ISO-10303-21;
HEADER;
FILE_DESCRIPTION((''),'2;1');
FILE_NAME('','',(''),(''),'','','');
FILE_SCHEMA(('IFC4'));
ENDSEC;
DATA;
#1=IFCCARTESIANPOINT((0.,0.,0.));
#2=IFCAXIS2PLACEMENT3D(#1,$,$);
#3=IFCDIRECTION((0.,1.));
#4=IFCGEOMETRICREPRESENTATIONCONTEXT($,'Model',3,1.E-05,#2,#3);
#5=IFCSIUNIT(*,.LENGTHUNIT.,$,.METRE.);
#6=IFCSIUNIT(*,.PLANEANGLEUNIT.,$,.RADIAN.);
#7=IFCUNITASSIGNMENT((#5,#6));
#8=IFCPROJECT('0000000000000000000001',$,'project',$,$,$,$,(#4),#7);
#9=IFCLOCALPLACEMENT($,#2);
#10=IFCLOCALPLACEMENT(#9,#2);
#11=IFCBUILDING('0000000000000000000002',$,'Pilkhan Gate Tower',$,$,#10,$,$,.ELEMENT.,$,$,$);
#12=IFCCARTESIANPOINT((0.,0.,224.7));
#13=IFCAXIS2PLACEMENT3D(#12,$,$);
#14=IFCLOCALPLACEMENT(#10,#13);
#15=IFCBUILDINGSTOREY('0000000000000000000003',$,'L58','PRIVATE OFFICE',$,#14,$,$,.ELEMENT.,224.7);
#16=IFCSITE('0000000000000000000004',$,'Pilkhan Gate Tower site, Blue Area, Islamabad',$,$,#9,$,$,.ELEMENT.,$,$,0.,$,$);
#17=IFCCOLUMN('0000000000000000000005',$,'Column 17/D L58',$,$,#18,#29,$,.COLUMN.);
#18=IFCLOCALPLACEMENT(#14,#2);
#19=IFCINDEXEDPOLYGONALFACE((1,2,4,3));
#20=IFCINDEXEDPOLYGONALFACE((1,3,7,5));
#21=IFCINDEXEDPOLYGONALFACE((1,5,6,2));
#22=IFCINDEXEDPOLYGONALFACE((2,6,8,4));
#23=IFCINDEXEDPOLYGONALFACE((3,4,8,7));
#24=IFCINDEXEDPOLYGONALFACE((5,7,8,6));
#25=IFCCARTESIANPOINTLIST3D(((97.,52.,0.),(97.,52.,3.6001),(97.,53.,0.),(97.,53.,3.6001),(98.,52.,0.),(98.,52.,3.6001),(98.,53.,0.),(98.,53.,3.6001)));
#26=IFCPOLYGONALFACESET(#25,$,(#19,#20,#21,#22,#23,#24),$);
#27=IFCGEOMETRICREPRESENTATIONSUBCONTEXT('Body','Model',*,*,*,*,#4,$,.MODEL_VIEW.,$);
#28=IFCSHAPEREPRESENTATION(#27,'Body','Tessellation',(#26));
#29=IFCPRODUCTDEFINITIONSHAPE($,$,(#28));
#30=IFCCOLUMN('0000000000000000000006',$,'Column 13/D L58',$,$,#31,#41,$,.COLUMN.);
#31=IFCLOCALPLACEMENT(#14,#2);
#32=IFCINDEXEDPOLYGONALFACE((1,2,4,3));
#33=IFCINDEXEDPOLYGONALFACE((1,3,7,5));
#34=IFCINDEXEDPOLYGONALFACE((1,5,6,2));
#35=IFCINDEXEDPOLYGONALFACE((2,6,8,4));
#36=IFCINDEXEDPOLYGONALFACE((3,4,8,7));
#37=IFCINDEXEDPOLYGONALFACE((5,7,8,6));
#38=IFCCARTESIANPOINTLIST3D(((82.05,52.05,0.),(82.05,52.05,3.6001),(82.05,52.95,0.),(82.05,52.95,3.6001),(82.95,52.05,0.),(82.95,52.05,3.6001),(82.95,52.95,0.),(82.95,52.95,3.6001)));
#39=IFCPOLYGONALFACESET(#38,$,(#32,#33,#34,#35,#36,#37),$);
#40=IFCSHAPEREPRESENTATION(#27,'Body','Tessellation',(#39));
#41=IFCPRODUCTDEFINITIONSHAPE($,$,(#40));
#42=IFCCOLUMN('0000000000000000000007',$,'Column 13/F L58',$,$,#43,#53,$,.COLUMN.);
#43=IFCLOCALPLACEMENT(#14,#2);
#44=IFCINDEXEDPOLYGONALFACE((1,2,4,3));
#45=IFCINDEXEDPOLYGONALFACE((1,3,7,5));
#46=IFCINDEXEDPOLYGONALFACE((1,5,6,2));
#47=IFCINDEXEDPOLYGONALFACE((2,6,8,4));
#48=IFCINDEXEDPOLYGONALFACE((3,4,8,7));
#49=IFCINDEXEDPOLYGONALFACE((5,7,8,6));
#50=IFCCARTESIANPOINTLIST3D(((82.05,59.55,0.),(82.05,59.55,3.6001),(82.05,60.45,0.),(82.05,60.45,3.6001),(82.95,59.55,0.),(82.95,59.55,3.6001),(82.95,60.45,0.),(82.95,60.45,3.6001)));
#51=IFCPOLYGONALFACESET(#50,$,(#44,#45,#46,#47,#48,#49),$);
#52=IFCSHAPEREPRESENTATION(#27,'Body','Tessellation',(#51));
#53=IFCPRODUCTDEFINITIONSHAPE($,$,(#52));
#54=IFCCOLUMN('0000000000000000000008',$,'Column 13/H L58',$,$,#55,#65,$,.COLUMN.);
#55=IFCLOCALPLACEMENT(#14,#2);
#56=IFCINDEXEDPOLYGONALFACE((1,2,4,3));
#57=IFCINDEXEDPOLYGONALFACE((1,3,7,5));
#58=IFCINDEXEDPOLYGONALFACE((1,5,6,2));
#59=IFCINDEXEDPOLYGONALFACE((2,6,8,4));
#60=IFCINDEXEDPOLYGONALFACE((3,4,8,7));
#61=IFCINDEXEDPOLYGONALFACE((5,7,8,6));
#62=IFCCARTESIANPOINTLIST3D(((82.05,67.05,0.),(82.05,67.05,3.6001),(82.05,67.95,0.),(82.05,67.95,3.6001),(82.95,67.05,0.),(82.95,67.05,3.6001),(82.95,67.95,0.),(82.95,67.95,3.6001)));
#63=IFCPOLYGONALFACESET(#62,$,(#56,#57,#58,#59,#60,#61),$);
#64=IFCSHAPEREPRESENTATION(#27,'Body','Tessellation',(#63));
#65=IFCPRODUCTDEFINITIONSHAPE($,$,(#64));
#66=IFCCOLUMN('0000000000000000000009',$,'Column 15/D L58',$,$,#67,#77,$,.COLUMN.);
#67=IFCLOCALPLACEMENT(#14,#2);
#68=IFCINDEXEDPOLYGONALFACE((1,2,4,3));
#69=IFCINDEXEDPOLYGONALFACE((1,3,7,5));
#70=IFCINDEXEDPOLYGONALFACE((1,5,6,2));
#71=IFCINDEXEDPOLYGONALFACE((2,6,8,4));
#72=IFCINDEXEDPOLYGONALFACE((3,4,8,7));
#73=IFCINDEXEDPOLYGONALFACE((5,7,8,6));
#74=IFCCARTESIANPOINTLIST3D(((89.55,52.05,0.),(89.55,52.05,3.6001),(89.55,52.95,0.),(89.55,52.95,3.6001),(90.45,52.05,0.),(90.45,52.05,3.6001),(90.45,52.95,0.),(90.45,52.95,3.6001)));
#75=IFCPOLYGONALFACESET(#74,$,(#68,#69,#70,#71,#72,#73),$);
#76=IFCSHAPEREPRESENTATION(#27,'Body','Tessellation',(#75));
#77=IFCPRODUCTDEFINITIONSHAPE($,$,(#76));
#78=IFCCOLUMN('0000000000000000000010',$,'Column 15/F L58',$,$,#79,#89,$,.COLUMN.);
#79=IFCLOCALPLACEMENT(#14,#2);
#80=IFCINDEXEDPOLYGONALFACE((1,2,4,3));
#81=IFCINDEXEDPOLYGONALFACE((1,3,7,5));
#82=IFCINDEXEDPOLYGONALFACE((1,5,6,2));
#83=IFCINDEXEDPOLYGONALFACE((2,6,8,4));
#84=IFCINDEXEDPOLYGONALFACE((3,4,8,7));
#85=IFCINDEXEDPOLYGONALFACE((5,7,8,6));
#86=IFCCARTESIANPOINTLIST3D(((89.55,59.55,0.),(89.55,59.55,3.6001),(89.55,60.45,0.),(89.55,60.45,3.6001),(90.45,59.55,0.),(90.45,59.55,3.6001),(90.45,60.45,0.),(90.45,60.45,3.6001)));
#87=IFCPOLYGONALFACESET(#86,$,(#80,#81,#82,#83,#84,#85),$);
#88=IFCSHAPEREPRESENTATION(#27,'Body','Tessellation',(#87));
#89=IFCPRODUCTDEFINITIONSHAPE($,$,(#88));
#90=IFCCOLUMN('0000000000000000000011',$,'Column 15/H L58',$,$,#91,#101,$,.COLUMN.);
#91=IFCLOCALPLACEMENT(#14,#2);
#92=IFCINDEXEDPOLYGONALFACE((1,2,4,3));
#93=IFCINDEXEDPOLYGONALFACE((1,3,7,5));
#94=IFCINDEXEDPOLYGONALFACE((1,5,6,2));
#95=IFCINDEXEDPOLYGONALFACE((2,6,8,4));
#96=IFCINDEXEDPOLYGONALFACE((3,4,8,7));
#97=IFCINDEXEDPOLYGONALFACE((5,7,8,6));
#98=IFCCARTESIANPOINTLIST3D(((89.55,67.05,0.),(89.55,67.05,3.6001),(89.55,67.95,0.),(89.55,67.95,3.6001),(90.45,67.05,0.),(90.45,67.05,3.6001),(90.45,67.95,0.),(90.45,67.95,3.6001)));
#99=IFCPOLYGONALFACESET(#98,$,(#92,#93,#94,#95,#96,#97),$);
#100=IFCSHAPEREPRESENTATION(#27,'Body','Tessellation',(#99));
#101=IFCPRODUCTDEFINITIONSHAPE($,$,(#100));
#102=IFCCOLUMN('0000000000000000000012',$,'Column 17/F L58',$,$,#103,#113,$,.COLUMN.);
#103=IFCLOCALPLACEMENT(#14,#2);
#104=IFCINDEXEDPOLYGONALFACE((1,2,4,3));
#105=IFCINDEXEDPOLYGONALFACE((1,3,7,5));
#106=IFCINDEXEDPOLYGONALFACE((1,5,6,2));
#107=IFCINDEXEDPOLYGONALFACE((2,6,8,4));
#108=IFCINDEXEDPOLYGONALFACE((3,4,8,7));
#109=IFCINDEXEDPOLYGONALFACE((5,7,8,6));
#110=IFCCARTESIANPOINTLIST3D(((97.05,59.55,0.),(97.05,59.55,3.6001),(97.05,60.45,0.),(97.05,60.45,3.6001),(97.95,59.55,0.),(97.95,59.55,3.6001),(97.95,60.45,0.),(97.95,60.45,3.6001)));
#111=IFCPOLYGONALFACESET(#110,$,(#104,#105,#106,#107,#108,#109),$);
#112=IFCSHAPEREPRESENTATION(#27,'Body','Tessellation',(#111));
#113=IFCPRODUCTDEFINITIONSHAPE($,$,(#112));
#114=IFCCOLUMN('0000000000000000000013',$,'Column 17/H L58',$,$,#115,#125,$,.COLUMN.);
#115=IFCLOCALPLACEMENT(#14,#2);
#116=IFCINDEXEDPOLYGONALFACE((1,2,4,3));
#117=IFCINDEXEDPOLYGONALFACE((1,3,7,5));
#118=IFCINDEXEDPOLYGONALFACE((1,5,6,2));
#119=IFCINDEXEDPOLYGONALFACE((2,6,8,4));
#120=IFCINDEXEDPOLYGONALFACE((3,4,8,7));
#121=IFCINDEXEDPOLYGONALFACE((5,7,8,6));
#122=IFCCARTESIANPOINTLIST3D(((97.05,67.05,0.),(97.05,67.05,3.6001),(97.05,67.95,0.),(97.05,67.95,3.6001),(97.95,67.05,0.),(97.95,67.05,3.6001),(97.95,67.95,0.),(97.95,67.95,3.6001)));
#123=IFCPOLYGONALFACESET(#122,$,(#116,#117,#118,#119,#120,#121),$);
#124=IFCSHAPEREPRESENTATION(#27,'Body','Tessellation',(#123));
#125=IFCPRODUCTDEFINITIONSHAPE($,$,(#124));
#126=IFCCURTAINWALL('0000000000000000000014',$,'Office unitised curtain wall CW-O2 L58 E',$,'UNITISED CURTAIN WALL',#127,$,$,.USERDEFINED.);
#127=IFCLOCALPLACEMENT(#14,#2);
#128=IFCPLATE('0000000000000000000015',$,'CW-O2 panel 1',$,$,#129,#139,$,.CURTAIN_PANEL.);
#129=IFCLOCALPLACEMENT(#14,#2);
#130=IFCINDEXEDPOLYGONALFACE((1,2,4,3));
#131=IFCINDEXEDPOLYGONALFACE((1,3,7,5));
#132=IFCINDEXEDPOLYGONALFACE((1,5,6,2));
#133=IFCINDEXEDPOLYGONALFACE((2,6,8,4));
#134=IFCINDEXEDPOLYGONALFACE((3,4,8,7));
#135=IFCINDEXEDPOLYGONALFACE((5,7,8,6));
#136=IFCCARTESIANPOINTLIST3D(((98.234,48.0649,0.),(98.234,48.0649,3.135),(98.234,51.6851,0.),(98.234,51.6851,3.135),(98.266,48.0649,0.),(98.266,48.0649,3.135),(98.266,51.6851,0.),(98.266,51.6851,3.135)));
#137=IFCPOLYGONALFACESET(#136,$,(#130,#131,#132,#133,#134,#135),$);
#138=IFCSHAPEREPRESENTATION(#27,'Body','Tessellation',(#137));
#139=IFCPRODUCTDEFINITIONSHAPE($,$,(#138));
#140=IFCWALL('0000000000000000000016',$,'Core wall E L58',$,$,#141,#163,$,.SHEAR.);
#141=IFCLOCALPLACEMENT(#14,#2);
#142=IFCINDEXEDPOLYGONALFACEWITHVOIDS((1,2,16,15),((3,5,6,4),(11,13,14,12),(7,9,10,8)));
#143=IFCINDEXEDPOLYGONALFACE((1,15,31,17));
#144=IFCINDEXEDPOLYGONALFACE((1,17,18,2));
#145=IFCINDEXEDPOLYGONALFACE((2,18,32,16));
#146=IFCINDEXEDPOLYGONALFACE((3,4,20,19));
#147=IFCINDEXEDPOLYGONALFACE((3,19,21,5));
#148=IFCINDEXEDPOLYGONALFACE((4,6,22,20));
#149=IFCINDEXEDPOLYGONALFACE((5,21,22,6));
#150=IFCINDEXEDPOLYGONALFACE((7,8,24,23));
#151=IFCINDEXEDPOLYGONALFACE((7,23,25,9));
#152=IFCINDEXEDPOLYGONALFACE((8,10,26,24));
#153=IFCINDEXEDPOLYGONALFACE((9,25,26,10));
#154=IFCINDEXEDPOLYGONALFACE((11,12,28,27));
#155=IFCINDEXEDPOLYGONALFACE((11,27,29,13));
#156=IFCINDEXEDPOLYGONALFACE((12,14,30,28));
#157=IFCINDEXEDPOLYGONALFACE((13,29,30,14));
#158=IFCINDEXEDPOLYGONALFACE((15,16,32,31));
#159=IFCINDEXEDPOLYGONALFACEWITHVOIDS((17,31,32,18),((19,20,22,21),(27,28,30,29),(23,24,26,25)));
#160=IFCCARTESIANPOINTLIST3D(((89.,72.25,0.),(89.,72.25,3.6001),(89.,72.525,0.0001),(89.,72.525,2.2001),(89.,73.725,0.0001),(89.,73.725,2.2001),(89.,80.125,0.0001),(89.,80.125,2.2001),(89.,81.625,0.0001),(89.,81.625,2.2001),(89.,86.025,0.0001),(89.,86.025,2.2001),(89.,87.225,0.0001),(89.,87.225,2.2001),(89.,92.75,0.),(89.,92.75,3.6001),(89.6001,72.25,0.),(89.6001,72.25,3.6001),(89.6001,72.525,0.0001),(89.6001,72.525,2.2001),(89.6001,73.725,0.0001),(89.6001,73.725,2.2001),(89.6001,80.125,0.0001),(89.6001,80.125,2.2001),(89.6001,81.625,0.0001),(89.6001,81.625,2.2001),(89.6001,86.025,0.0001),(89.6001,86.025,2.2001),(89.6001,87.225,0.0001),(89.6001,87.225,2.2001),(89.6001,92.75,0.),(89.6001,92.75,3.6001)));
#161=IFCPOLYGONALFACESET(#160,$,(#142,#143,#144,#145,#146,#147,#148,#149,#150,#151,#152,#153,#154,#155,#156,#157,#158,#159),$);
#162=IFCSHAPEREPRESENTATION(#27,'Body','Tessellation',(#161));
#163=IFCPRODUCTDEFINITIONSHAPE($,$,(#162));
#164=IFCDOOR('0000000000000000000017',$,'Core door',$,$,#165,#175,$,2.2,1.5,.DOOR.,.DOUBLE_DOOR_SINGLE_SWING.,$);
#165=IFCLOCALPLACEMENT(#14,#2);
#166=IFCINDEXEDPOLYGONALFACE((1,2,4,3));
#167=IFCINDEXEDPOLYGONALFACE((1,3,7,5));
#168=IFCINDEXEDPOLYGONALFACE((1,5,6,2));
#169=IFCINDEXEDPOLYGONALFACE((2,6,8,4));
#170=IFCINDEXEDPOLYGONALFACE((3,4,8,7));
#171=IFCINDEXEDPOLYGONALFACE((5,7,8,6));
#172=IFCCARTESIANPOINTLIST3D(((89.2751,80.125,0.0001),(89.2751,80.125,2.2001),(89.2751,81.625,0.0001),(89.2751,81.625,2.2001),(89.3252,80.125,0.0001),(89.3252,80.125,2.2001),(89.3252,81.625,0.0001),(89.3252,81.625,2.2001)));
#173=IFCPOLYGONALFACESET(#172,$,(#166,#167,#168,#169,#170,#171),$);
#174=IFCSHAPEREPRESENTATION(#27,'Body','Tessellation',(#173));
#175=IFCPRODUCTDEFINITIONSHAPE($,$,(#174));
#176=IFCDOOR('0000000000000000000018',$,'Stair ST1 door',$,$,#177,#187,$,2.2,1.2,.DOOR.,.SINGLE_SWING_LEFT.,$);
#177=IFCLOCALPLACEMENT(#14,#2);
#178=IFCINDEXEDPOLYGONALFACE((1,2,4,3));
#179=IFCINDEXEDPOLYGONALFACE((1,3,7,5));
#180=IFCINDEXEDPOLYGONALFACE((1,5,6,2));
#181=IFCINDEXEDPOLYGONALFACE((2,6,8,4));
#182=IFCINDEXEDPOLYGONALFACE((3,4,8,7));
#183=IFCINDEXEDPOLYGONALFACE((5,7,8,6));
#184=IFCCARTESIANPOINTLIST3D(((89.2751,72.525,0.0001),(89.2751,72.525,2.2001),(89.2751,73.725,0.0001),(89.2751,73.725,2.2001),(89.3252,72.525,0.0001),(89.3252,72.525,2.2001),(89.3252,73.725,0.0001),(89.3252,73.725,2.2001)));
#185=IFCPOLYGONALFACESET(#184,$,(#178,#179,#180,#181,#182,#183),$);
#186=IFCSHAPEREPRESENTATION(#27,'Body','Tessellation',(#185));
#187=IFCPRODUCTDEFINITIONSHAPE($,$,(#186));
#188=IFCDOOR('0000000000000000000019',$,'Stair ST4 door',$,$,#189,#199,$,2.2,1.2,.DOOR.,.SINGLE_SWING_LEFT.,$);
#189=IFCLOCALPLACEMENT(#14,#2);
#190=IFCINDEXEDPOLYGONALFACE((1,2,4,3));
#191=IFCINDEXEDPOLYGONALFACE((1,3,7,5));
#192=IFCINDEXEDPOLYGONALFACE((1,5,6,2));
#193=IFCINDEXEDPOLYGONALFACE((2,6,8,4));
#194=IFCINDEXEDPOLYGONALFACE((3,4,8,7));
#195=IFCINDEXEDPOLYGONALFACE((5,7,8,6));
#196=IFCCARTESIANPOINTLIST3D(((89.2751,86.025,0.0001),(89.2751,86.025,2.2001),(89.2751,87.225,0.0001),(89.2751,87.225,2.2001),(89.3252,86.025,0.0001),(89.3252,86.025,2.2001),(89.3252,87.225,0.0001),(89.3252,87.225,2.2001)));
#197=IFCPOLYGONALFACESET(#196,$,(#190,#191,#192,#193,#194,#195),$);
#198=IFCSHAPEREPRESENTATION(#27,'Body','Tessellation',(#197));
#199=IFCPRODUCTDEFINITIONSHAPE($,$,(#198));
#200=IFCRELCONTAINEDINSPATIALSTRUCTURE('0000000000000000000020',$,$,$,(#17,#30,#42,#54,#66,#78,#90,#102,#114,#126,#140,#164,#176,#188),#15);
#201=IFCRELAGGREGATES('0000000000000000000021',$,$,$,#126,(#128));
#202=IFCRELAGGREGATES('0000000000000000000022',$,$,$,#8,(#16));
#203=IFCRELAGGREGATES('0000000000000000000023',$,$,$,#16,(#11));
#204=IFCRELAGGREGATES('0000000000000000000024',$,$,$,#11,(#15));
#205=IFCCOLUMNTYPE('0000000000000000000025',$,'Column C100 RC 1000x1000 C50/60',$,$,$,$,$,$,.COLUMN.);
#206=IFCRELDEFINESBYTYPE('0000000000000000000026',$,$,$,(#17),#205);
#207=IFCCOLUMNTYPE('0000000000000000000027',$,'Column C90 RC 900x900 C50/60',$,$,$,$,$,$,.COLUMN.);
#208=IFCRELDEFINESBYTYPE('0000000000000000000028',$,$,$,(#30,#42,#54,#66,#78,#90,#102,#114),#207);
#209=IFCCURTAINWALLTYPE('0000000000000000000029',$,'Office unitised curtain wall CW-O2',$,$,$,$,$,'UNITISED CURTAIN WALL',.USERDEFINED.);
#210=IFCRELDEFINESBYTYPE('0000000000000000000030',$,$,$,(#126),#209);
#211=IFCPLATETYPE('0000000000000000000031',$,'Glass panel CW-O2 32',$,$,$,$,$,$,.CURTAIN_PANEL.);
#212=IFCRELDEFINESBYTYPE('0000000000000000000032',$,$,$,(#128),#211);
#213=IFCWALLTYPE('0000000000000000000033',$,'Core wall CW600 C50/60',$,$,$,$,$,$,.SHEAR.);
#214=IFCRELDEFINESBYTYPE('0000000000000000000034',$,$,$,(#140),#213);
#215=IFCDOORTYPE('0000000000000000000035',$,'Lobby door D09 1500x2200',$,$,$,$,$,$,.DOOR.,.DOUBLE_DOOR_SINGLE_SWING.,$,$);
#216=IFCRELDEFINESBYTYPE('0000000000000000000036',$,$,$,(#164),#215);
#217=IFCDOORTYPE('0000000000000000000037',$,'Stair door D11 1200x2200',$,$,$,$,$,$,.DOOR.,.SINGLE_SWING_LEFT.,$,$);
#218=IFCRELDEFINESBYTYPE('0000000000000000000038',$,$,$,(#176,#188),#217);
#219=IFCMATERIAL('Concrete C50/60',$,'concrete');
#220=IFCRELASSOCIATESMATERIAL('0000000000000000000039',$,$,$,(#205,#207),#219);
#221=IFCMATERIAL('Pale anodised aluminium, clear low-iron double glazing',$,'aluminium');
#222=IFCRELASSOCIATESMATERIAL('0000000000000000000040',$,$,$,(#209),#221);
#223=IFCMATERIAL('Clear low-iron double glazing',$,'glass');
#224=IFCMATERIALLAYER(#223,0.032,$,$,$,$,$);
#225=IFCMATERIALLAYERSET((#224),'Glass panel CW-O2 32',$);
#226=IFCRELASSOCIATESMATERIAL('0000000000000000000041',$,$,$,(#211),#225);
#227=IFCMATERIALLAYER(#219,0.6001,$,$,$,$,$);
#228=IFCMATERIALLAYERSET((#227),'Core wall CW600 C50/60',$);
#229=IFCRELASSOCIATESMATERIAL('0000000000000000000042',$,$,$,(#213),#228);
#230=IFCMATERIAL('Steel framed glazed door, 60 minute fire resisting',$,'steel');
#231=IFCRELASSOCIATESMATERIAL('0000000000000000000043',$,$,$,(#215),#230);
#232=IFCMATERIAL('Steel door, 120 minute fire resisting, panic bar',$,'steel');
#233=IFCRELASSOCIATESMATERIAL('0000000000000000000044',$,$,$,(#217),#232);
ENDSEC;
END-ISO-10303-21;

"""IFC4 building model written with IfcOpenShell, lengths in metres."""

from ifc_helpers import new_model, si_unit, direction, frame, frame_2d, origin, origin_2d, place, context, subcontext, project, spatial, rectangle, extrude, material, layer, layer_set, material_profile, profile_set, type_object, element, fill, aggregate, save


model = new_model("IFC4")

# Units and contexts
model_context = context("Model", 3, precision=1e-05, world=origin(), true_north=direction((0.0, 1.0)))
body_context = subcontext(model_context, "Body", "Model", "MODEL_VIEW")
ifc_project = project(units=[si_unit("LENGTHUNIT", "METRE"), si_unit("PLANEANGLEUNIT", "RADIAN")], contexts=[model_context])

# Site, building, storey
site_placement = place(None, origin())
site = spatial("IfcSite", under=ifc_project, at=site_placement, Name="Pilkhan Gate Tower site, Blue Area, Islamabad", CompositionType="ELEMENT", RefElevation=0.0)
building_placement = place(site_placement, origin())
building = spatial("IfcBuilding", under=site, at=building_placement, Name="Pilkhan Gate Tower", CompositionType="ELEMENT")
storey_placement = place(building_placement, frame((0.0, 0.0, 224.7)))
storey = spatial("IfcBuildingStorey", under=building, at=storey_placement, Name="L58", Description="PRIVATE OFFICE", CompositionType="ELEMENT", Elevation=224.7)

# Columns
ifc_material_1 = material(Name="Concrete C50/60", Category="concrete")
ifc_material_profile_1 = material_profile(ifc_material_1, rectangle(XDim=1.0, YDim=1.0, at=origin_2d()), Name="RC 1000x1000")
ifc_profile_set_1 = profile_set([ifc_material_profile_1], Name="Concrete C50/60")
column_type_1 = type_object("IfcColumnType", Name="Column C100 RC 1000x1000 C50/60", PredefinedType="COLUMN", material=ifc_profile_set_1)
column_placement = place(storey_placement, frame((97.5, 52.5, 0.0), z_axis=(0.0, 0.0, 1.0), x_axis=(1.0, 0.0, 0.0)))
element("IfcColumn", 1, at=column_placement, inside=storey, type_object=column_type_1, Name="Column 17/D L58", PredefinedType="COLUMN", context=body_context, shape_type="SweptSolid", body=[
    extrude(rectangle(XDim=1.0, YDim=1.0, at=origin_2d()), origin(), (0.0, 0.0, 1.0), 3.6001),
])
ifc_material_profile_2 = material_profile(ifc_material_1, rectangle(XDim=0.8999, YDim=0.8999, at=origin_2d()), Name="RC 900x900")
ifc_profile_set_2 = profile_set([ifc_material_profile_2], Name="Concrete C50/60")
column_type_2 = type_object("IfcColumnType", Name="Column C90 RC 900x900 C50/60", PredefinedType="COLUMN", material=ifc_profile_set_2)
for number, where, z_axis, x_axis, name in (
    (2, (82.5, 52.5, 0.0), (0.0, 0.0, 1.0), (1.0, 0.0, 0.0), "Column 13/D L58"),
    (3, (82.5, 60.0, 0.0), (0.0, 0.0, 1.0), (1.0, 0.0, 0.0), "Column 13/F L58"),
    (4, (82.5, 67.5, 0.0), (0.0, 0.0, 1.0), (1.0, 0.0, 0.0), "Column 13/H L58"),
    (5, (90.0, 52.5, 0.0), (0.0, 0.0, 1.0), (1.0, 0.0, 0.0), "Column 15/D L58"),
    (6, (90.0, 60.0, 0.0), (0.0, 0.0, 1.0), (1.0, 0.0, 0.0), "Column 15/F L58"),
    (7, (90.0, 67.5, 0.0), (0.0, 0.0, 1.0), (1.0, 0.0, 0.0), "Column 15/H L58"),
    (8, (97.5, 60.0, 0.0), (0.0, 0.0, 1.0), (1.0, 0.0, 0.0), "Column 17/F L58"),
    (9, (97.5, 67.5, 0.0), (0.0, 0.0, 1.0), (1.0, 0.0, 0.0), "Column 17/H L58"),
):
    element("IfcColumn", number, at=place(storey_placement, frame(where, z_axis=z_axis, x_axis=x_axis)), inside=storey, type_object=column_type_2, Name=name, PredefinedType="COLUMN", context=body_context, shape_type="SweptSolid", body=[
        extrude(rectangle(XDim=0.8999, YDim=0.8999, at=origin_2d()), origin(), (0.0, 0.0, 1.0), 3.6001),
    ])

# Curtain wall, plate
ifc_material_2 = material(Name="Pale anodised aluminium, clear low-iron double glazing", Category="aluminium")
curtain_wall_type = type_object("IfcCurtainWallType", Name="Office unitised curtain wall CW-O2", ElementType="UNITISED CURTAIN WALL", PredefinedType="USERDEFINED", material=ifc_material_2)
curtain_wall_placement = place(storey_placement, origin())
curtain_wall = element("IfcCurtainWall", 10, at=curtain_wall_placement, inside=storey, type_object=curtain_wall_type, Name="Office unitised curtain wall CW-O2 L58 E", ObjectType="UNITISED CURTAIN WALL", PredefinedType="USERDEFINED")
ifc_material_3 = material(Name="Clear low-iron double glazing", Category="glass")
ifc_layer_1 = layer(ifc_material_3, 0.032)
ifc_layer_set_1 = layer_set([ifc_layer_1], Name="Glass panel CW-O2 32")
plate_type = type_object("IfcPlateType", Name="Glass panel CW-O2 32", PredefinedType="CURTAIN_PANEL", material=ifc_layer_set_1)
plate_placement = place(storey_placement, frame((98.25, 49.875, 0.0), z_axis=(0.0, 0.0, 1.0), x_axis=(0.0, 1.0, 0.0)))
plate = element("IfcPlate", 11, at=plate_placement, type_object=plate_type, Name="CW-O2 panel 1", PredefinedType="CURTAIN_PANEL", context=body_context, shape_type="SweptSolid", body=[
    extrude(rectangle(XDim=3.6201, YDim=0.032, at=origin_2d()), origin(), (0.0, 0.0, 1.0), 3.135),
])
aggregate(curtain_wall, [plate])

# Wall, openings, doors
ifc_layer_2 = layer(ifc_material_1, 0.6001)
ifc_layer_set_2 = layer_set([ifc_layer_2], Name="Core wall CW600 C50/60")
wall_type_1 = type_object("IfcWallType", Name="Core wall CW600 C50/60", PredefinedType="SHEAR", material=ifc_layer_set_2)
wall_1_placement = place(storey_placement, frame((89.3, 72.25, 0.0), z_axis=(0.0, 0.0, 1.0), x_axis=(0.0, 1.0, 0.0)))
wall_1 = element("IfcWall", 12, at=wall_1_placement, inside=storey, type_object=wall_type_1, Name="Core wall E L58", PredefinedType="SHEAR", context=body_context, shape_type="SweptSolid", body=[
    extrude(rectangle(XDim=20.5, YDim=0.6001, at=frame_2d((10.25, 0.0))), origin(), (0.0, 0.0, 1.0), 3.6001),
])
opening_1_placement = place(wall_1_placement, frame((0.2749, 0.0, 0.0)))
opening_1 = element("IfcOpeningElement", 13, at=opening_1_placement, cuts=wall_1, PredefinedType="OPENING", context=body_context, shape_type="SweptSolid", body=[
    extrude(rectangle(XDim=1.2, YDim=2.2, at=frame_2d((0.6001, 1.1001))), frame((0.0, 0.3101, 0.0), z_axis=(0.0, -1.0, 0.0), x_axis=(1.0, 0.0, 0.0)), (0.0, 0.0, 1.0), 0.6201),
])
opening_2_placement = place(wall_1_placement, frame((13.7749, 0.0, 0.0)))
opening_2 = element("IfcOpeningElement", 14, at=opening_2_placement, cuts=wall_1, PredefinedType="OPENING", context=body_context, shape_type="SweptSolid", body=[
    extrude(rectangle(XDim=1.2, YDim=2.2, at=frame_2d((0.6001, 1.1001))), frame((0.0, 0.3101, 0.0), z_axis=(0.0, -1.0, 0.0), x_axis=(1.0, 0.0, 0.0)), (0.0, 0.0, 1.0), 0.6201),
])
opening_3_placement = place(wall_1_placement, frame((7.875, 0.0, 0.0)))
opening_3 = element("IfcOpeningElement", 15, at=opening_3_placement, cuts=wall_1, PredefinedType="OPENING", context=body_context, shape_type="SweptSolid", body=[
    extrude(rectangle(XDim=1.5, YDim=2.2, at=frame_2d((0.75, 1.1001))), frame((0.0, 0.3101, 0.0), z_axis=(0.0, -1.0, 0.0), x_axis=(1.0, 0.0, 0.0)), (0.0, 0.0, 1.0), 0.6201),
])
ifc_material_4 = material(Name="Steel framed glazed door, 60 minute fire resisting", Category="steel")
door_type_1 = type_object("IfcDoorType", Name="Lobby door D09 1500x2200", OperationType="DOUBLE_DOOR_SINGLE_SWING", PredefinedType="DOOR", material=ifc_material_4)
door_1_placement = place(opening_3_placement, origin())
door_1 = element("IfcDoor", 16, at=door_1_placement, inside=storey, type_object=door_type_1, Name="Core door", OperationType="DOUBLE_DOOR_SINGLE_SWING", OverallHeight=2.2, OverallWidth=1.5, PredefinedType="DOOR", context=body_context, shape_type="SweptSolid", body=[
    extrude(rectangle(XDim=1.5, YDim=2.2, at=frame_2d((0.75, 1.1001))), frame((0.0, 0.0249, 0.0), z_axis=(0.0, -1.0, 0.0), x_axis=(1.0, 0.0, 0.0)), (0.0, 0.0, 1.0), 0.05),
])
fill(opening_3, door_1)
ifc_material_5 = material(Name="Steel door, 120 minute fire resisting, panic bar", Category="steel")
door_type_2 = type_object("IfcDoorType", Name="Stair door D11 1200x2200", OperationType="SINGLE_SWING_LEFT", PredefinedType="DOOR", material=ifc_material_5)
door_2_placement = place(opening_1_placement, origin())
door_2 = element("IfcDoor", 17, at=door_2_placement, inside=storey, type_object=door_type_2, Name="Stair ST1 door", OperationType="SINGLE_SWING_LEFT", OverallHeight=2.2, OverallWidth=1.2, PredefinedType="DOOR", context=body_context, shape_type="SweptSolid", body=[
    extrude(rectangle(XDim=1.2, YDim=2.2, at=frame_2d((0.6001, 1.1001))), frame((0.0, 0.0249, 0.0), z_axis=(0.0, -1.0, 0.0), x_axis=(1.0, 0.0, 0.0)), (0.0, 0.0, 1.0), 0.05),
])
fill(opening_1, door_2)
door_3_placement = place(opening_2_placement, origin())
door_3 = element("IfcDoor", 18, at=door_3_placement, inside=storey, type_object=door_type_2, Name="Stair ST4 door", OperationType="SINGLE_SWING_LEFT", OverallHeight=2.2, OverallWidth=1.2, PredefinedType="DOOR", context=body_context, shape_type="SweptSolid", body=[
    extrude(rectangle(XDim=1.2, YDim=2.2, at=frame_2d((0.6001, 1.1001))), frame((0.0, 0.0249, 0.0), z_axis=(0.0, -1.0, 0.0), x_axis=(1.0, 0.0, 0.0)), (0.0, 0.0, 1.0), 0.05),
])
fill(opening_2, door_3)

save(model, "model.ifc")
